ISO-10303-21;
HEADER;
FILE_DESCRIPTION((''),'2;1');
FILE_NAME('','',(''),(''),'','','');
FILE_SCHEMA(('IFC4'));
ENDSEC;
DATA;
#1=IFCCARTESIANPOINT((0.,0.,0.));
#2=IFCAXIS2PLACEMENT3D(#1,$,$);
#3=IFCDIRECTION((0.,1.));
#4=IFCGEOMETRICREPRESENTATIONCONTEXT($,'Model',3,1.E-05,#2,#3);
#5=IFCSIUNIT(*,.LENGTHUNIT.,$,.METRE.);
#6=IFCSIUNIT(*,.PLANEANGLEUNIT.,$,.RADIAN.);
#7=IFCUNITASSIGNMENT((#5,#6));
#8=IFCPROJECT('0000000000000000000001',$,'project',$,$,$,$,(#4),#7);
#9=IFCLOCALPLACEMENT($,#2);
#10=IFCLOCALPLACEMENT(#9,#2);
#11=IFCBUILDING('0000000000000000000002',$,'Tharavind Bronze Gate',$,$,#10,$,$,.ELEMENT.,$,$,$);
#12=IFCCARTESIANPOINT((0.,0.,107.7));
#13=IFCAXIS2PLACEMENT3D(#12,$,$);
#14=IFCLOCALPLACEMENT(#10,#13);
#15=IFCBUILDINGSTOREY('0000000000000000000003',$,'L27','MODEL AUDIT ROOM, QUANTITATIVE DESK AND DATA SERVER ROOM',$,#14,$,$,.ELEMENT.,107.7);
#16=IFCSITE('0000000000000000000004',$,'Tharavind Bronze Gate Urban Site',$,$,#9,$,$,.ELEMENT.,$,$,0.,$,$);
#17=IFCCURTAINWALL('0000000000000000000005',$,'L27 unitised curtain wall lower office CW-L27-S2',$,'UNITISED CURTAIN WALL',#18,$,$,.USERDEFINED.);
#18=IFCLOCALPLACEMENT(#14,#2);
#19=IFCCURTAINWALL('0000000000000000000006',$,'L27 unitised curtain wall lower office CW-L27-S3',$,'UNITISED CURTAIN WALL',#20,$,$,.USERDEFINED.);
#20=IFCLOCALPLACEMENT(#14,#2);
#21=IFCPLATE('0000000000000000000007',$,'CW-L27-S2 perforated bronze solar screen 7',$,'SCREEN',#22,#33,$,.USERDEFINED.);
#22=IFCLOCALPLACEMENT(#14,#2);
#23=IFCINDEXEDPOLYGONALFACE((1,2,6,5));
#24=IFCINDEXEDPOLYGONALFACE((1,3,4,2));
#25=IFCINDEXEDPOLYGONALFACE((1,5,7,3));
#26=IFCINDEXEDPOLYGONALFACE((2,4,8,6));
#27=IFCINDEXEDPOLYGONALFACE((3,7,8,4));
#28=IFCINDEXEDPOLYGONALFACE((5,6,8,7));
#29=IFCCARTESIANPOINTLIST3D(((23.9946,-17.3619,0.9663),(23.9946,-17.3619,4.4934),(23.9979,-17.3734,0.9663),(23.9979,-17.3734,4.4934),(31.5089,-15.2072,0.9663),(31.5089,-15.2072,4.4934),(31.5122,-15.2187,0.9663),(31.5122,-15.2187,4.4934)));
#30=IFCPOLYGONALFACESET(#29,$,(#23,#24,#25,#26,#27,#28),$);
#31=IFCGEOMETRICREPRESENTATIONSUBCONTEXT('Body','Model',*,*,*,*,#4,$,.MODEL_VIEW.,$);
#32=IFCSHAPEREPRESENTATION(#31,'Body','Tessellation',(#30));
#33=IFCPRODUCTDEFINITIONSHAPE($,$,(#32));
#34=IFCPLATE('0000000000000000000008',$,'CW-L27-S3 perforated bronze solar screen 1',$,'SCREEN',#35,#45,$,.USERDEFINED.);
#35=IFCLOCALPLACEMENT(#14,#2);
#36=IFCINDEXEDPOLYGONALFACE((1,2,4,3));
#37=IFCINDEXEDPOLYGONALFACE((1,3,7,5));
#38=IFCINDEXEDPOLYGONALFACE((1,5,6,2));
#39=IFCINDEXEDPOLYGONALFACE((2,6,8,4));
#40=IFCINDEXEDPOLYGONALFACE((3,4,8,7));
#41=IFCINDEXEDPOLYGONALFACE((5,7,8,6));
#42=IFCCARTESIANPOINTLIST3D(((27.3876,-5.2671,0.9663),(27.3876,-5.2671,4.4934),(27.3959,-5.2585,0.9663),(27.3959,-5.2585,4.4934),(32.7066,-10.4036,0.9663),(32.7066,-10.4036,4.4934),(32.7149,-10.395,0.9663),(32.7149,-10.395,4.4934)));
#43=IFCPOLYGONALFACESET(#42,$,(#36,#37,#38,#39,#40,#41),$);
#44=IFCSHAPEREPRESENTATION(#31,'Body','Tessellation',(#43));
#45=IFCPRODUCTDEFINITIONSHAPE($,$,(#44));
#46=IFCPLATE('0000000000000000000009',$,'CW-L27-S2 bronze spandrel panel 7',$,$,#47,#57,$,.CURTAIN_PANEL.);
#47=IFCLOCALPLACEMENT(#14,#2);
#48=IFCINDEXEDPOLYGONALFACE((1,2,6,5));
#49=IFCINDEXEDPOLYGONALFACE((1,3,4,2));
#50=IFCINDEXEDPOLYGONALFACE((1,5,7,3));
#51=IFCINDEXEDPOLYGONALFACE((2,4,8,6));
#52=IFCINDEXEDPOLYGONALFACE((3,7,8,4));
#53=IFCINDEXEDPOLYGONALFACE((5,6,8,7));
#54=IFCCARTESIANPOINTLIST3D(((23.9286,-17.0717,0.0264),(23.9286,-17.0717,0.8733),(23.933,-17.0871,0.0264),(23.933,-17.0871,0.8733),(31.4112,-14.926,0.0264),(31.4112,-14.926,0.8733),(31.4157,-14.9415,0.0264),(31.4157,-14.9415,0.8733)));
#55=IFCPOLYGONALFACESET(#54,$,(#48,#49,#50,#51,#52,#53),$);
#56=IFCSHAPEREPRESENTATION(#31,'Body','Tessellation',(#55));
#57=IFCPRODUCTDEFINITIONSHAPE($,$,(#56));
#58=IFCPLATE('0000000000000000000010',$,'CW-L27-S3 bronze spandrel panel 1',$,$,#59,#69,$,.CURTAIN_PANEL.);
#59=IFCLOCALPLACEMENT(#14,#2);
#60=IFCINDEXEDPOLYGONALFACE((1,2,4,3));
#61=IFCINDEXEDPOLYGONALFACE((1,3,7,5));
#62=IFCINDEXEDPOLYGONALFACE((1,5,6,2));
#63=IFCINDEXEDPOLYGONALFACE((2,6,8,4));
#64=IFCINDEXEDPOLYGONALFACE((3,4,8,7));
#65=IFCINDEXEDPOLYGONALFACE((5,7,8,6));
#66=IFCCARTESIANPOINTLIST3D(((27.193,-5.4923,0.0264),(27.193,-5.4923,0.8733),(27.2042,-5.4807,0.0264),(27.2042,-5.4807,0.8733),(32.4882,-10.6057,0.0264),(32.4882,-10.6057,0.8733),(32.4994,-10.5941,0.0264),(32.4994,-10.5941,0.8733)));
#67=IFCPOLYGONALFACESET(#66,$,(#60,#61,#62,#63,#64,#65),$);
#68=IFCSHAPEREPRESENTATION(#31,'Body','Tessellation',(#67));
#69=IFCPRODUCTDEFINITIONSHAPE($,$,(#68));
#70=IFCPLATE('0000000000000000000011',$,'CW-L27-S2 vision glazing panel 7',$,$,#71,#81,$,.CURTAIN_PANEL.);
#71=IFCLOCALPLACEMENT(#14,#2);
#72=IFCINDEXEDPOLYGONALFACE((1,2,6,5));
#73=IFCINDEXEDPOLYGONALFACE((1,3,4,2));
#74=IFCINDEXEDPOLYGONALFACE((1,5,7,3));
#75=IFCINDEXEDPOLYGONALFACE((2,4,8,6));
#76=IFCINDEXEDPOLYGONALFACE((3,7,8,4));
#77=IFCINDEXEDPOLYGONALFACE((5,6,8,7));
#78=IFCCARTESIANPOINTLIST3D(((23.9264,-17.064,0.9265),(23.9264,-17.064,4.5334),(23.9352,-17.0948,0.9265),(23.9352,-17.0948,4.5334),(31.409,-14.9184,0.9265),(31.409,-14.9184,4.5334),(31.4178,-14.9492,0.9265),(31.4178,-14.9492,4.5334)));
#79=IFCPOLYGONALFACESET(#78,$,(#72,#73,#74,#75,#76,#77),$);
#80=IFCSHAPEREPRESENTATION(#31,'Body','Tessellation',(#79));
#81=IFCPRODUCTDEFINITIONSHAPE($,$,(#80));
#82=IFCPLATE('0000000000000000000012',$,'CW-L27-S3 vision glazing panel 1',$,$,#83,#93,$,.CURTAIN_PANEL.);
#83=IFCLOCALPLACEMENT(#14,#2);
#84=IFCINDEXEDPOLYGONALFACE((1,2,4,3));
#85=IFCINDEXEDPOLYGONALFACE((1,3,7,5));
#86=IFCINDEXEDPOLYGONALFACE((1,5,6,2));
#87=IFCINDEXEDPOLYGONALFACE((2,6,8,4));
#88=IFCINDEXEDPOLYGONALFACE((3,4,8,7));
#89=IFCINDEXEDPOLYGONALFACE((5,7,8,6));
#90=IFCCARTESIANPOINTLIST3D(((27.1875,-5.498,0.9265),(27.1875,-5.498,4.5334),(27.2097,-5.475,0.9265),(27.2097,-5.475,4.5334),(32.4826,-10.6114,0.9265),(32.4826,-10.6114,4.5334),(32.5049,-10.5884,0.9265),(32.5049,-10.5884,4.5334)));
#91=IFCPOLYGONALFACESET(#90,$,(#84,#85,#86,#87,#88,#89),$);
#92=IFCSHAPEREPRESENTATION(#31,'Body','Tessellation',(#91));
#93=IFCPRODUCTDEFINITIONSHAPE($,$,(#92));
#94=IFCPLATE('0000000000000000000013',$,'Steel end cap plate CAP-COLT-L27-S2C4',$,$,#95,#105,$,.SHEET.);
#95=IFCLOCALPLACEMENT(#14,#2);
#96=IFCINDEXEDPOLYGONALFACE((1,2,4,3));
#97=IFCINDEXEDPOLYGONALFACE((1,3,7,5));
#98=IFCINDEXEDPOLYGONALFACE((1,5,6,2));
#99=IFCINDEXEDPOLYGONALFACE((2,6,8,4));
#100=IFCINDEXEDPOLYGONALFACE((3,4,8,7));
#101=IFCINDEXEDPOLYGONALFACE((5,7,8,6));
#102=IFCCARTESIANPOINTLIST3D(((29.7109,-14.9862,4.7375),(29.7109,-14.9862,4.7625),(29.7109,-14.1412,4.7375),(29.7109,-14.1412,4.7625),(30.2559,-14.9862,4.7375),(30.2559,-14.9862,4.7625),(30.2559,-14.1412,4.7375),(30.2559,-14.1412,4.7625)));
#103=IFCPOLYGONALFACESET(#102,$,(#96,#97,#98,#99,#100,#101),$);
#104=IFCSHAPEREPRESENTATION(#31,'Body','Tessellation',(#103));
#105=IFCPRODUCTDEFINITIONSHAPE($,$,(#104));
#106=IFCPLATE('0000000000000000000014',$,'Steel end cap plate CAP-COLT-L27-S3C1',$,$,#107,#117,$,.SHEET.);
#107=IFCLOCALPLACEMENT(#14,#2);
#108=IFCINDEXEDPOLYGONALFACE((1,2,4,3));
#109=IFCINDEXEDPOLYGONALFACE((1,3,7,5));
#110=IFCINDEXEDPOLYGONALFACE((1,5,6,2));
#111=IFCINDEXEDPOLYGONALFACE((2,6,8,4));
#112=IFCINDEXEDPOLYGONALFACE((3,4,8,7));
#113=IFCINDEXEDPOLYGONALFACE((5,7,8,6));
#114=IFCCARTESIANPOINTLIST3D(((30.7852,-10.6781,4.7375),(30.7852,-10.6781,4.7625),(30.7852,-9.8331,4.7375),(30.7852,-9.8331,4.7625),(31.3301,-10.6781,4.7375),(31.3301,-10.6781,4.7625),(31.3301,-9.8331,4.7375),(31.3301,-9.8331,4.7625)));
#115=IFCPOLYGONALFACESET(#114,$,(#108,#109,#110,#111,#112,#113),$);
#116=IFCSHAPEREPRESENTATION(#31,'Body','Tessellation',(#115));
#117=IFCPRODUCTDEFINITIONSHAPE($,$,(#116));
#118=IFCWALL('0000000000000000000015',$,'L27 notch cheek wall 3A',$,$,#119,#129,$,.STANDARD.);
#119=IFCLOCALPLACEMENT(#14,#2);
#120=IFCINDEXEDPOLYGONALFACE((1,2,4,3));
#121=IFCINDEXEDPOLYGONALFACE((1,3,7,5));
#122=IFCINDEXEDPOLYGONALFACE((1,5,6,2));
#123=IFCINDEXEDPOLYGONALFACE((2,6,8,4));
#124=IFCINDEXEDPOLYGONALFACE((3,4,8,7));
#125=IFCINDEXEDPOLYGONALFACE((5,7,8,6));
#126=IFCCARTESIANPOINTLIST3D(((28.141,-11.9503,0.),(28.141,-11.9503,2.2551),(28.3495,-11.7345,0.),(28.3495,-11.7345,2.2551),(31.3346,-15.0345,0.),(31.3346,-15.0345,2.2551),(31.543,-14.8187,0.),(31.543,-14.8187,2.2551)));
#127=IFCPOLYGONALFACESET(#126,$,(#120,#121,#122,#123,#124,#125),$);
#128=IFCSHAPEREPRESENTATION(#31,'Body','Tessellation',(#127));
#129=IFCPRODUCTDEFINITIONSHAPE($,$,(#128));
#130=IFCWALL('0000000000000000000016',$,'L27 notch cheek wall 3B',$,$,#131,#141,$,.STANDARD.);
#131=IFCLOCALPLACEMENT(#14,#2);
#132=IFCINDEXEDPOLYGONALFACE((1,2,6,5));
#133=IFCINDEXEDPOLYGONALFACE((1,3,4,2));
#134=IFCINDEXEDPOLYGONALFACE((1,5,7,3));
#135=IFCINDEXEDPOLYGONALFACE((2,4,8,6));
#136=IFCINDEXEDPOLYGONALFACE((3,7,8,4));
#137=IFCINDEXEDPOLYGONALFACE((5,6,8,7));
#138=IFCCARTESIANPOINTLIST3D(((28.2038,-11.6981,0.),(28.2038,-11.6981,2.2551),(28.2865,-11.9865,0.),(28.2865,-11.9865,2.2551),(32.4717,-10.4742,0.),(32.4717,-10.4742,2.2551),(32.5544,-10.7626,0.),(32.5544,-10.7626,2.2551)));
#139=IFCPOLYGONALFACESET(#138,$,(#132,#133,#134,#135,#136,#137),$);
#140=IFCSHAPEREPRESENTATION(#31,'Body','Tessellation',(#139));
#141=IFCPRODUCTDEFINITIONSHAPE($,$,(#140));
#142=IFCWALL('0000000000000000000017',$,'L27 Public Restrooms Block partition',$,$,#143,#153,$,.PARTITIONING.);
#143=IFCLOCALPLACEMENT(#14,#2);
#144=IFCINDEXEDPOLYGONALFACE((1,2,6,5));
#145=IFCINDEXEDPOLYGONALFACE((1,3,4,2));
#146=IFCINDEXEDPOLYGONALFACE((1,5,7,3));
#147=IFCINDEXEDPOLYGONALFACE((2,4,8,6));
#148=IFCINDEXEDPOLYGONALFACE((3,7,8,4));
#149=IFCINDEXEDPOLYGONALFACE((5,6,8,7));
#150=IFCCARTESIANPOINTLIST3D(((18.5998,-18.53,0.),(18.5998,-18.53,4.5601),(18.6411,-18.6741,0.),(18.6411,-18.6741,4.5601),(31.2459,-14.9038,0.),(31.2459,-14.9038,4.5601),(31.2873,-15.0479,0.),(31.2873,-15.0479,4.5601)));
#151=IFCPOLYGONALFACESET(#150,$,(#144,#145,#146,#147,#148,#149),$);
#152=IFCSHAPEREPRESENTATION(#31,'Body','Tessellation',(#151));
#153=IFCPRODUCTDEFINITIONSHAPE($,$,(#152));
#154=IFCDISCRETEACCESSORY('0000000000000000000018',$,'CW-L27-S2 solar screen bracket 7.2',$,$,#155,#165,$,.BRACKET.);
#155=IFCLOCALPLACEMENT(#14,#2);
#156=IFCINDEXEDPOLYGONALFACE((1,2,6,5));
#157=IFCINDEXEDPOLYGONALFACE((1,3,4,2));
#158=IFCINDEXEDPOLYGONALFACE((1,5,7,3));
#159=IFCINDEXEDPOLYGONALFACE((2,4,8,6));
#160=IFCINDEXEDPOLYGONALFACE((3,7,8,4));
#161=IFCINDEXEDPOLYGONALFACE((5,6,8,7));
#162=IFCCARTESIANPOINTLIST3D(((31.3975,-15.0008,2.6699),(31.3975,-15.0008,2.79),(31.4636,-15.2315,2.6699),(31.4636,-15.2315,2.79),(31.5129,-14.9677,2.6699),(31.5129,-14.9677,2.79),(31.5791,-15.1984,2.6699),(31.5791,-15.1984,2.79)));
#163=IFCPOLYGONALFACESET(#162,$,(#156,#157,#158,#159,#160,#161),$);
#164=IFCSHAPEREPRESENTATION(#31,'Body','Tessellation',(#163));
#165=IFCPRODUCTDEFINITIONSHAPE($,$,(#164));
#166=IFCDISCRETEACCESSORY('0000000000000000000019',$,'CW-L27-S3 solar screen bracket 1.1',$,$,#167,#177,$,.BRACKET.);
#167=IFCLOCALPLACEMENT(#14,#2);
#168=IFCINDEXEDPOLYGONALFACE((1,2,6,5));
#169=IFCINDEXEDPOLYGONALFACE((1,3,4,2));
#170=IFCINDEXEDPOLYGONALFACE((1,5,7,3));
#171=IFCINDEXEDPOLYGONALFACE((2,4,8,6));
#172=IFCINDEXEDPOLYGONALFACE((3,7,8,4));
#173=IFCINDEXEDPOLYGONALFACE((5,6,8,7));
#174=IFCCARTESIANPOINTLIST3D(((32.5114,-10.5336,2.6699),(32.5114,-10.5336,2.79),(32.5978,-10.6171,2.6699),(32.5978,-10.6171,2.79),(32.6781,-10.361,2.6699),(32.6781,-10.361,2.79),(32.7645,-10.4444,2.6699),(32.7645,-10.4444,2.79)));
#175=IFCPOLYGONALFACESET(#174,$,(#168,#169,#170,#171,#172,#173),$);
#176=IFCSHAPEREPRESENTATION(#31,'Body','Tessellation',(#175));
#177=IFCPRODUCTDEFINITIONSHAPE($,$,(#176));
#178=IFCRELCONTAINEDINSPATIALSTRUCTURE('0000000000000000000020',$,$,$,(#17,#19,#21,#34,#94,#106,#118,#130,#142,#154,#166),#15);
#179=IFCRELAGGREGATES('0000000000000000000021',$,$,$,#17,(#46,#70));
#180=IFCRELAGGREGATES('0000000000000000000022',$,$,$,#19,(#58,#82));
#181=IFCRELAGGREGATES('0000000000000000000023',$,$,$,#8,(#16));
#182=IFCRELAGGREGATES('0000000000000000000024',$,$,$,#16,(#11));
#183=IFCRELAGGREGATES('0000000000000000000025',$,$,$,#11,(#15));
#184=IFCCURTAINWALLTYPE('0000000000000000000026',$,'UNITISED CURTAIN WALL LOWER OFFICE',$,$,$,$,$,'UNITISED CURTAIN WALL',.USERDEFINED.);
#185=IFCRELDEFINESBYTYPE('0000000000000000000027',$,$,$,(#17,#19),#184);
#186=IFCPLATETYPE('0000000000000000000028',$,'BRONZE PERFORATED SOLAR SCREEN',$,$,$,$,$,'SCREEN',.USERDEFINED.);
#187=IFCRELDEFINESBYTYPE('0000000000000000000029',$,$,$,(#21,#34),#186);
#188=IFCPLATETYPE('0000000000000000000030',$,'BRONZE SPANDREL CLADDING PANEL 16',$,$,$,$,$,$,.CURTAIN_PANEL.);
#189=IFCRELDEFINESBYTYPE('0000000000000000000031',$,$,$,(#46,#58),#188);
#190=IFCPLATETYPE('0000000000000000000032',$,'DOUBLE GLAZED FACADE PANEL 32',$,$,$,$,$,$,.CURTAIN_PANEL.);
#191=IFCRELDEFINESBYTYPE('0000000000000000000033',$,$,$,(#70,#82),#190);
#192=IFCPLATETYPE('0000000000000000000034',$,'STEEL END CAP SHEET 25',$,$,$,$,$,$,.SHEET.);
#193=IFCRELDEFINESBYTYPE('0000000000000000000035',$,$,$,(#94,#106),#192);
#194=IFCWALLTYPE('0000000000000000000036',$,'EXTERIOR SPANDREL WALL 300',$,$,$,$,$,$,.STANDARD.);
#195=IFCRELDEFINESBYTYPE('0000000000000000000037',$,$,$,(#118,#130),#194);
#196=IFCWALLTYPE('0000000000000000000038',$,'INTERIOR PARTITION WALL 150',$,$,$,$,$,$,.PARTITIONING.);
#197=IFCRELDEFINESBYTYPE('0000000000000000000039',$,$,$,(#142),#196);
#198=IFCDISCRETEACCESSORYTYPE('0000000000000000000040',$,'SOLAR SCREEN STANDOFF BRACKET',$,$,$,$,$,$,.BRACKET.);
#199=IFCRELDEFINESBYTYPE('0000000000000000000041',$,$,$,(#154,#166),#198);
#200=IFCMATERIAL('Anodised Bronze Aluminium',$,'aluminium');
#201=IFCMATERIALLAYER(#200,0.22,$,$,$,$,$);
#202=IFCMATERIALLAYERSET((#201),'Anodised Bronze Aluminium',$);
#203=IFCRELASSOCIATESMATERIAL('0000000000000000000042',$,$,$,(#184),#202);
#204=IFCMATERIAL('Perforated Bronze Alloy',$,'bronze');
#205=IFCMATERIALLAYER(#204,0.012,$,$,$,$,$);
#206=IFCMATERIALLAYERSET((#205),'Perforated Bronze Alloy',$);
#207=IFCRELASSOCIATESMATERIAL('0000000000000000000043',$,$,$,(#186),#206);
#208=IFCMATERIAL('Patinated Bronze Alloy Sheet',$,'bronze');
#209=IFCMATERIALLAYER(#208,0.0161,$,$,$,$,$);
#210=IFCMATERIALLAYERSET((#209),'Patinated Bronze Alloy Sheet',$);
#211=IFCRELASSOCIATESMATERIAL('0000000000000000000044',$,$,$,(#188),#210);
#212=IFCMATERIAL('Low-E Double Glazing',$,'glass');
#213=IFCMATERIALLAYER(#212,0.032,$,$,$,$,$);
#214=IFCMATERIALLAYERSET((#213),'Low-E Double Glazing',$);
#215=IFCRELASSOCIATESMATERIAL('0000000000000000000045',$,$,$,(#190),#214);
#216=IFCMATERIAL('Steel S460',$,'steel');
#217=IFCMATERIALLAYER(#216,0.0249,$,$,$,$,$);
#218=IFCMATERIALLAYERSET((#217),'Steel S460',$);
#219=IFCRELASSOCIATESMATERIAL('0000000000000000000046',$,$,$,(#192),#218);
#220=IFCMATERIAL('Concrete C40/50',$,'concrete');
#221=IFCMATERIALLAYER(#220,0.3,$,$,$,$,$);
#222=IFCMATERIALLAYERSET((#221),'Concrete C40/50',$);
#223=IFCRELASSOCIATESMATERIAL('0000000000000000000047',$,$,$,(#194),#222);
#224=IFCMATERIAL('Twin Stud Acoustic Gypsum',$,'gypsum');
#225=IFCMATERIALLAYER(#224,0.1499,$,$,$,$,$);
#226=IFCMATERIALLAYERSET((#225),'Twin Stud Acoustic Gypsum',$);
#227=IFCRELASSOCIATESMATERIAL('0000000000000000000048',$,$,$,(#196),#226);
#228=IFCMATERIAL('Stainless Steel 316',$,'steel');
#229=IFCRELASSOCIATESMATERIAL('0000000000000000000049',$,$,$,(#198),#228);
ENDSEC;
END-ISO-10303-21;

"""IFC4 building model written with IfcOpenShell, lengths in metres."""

from ifc_helpers import new_model, si_unit, direction, frame, frame_2d, origin, origin_2d, place, context, subcontext, project, spatial, rectangle, extrude, material, layer, layer_set, type_object, element, aggregate, save


model = new_model("IFC4")

# Units and contexts
model_context = context("Model", 3, precision=1e-05, world=origin(), true_north=direction((0.0, 1.0)))
body_context = subcontext(model_context, "Body", "Model", "MODEL_VIEW")
ifc_project = project(units=[si_unit("LENGTHUNIT", "METRE"), si_unit("PLANEANGLEUNIT", "RADIAN")], contexts=[model_context])

# Site, building, storey
site_placement = place(None, origin())
site = spatial("IfcSite", under=ifc_project, at=site_placement, Name="Tharavind Bronze Gate Urban Site", CompositionType="ELEMENT", RefElevation=0.0)
building_placement = place(site_placement, origin())
building = spatial("IfcBuilding", under=site, at=building_placement, Name="Tharavind Bronze Gate", CompositionType="ELEMENT")
storey_placement = place(building_placement, frame((0.0, 0.0, 107.7)))
storey = spatial("IfcBuildingStorey", under=building, at=storey_placement, Name="L27", Description="MODEL AUDIT ROOM, QUANTITATIVE DESK AND DATA SERVER ROOM", CompositionType="ELEMENT", Elevation=107.7)

# Shared definitions
ifc_material_1 = material(Name="Steel S460", Category="steel")

# Curtain wall
ifc_material_2 = material(Name="Anodised Bronze Aluminium", Category="aluminium")
ifc_layer_1 = layer(ifc_material_2, 0.22)
ifc_layer_set_1 = layer_set([ifc_layer_1], Name="Anodised Bronze Aluminium")
curtain_wall_type = type_object("IfcCurtainWallType", Name="UNITISED CURTAIN WALL LOWER OFFICE", ElementType="UNITISED CURTAIN WALL", PredefinedType="USERDEFINED", material=ifc_layer_set_1)
curtain_wall_1_placement = place(storey_placement, origin())
curtain_wall_1 = element("IfcCurtainWall", 1, at=curtain_wall_1_placement, inside=storey, type_object=curtain_wall_type, Name="L27 unitised curtain wall lower office CW-L27-S2", ObjectType="UNITISED CURTAIN WALL", PredefinedType="USERDEFINED")

# Curtain wall
curtain_wall_2_placement = place(storey_placement, origin())
curtain_wall_2 = element("IfcCurtainWall", 2, at=curtain_wall_2_placement, inside=storey, type_object=curtain_wall_type, Name="L27 unitised curtain wall lower office CW-L27-S3", ObjectType="UNITISED CURTAIN WALL", PredefinedType="USERDEFINED")

# Plates
ifc_material_3 = material(Name="Perforated Bronze Alloy", Category="bronze")
ifc_layer_2 = layer(ifc_material_3, 0.012)
ifc_layer_set_2 = layer_set([ifc_layer_2], Name="Perforated Bronze Alloy")
plate_type_1 = type_object("IfcPlateType", Name="BRONZE PERFORATED SOLAR SCREEN", ElementType="SCREEN", PredefinedType="USERDEFINED", material=ifc_layer_set_2)
plate_1_placement = place(storey_placement, frame((27.7534, -16.2903, 0.9663), z_axis=(0.0, 0.0, 1.0), x_axis=(0.961262, 0.275637, 0.0)))
element("IfcPlate", 3, at=plate_1_placement, inside=storey, type_object=plate_type_1, Name="CW-L27-S2 perforated bronze solar screen 7", ObjectType="SCREEN", PredefinedType="USERDEFINED", context=body_context, shape_type="SweptSolid", body=[
    extrude(rectangle(XDim=7.8171, YDim=0.012, at=origin_2d()), origin(), (0.0, 0.0, 1.0), 3.5271),
])
plate_2_placement = place(storey_placement, frame((30.0513, -7.8311, 0.9663), z_axis=(0.0, 0.0, 1.0), x_axis=(-0.719341, 0.694657, 0.0)))
element("IfcPlate", 4, at=plate_2_placement, inside=storey, type_object=plate_type_1, Name="CW-L27-S3 perforated bronze solar screen 1", ObjectType="SCREEN", PredefinedType="USERDEFINED", context=body_context, shape_type="SweptSolid", body=[
    extrude(rectangle(XDim=7.3943, YDim=0.012, at=origin_2d()), origin(), (0.0, 0.0, 1.0), 3.5271),
])

# Plates
ifc_material_4 = material(Name="Patinated Bronze Alloy Sheet", Category="bronze")
ifc_layer_3 = layer(ifc_material_4, 0.0161)
ifc_layer_set_3 = layer_set([ifc_layer_3], Name="Patinated Bronze Alloy Sheet")
plate_type_2 = type_object("IfcPlateType", Name="BRONZE SPANDREL CLADDING PANEL 16", PredefinedType="CURTAIN_PANEL", material=ifc_layer_set_3)
plate_3_placement = place(storey_placement, frame((27.6721, -16.0066, 0.0264), z_axis=(0.0, 0.0, 1.0), x_axis=(0.961262, 0.275637, 0.0)))
plate_3 = element("IfcPlate", 5, at=plate_3_placement, type_object=plate_type_2, Name="CW-L27-S2 bronze spandrel panel 7", PredefinedType="CURTAIN_PANEL", context=body_context, shape_type="SweptSolid", body=[
    extrude(rectangle(XDim=7.7842, YDim=0.0161, at=origin_2d()), origin(), (0.0, 0.0, 1.0), 0.8469),
])
plate_4_placement = place(storey_placement, frame((29.8462, -8.0432, 0.0264), z_axis=(0.0, 0.0, 1.0), x_axis=(-0.719341, 0.694657, 0.0)))
plate_4 = element("IfcPlate", 6, at=plate_4_placement, type_object=plate_type_2, Name="CW-L27-S3 bronze spandrel panel 1", PredefinedType="CURTAIN_PANEL", context=body_context, shape_type="SweptSolid", body=[
    extrude(rectangle(XDim=7.3611, YDim=0.0161, at=origin_2d()), origin(), (0.0, 0.0, 1.0), 0.8469),
])
ifc_material_5 = material(Name="Low-E Double Glazing", Category="glass")
ifc_layer_4 = layer(ifc_material_5, 0.032)
ifc_layer_set_4 = layer_set([ifc_layer_4], Name="Low-E Double Glazing")
plate_type_3 = type_object("IfcPlateType", Name="DOUBLE GLAZED FACADE PANEL 32", PredefinedType="CURTAIN_PANEL", material=ifc_layer_set_4)
plate_5_placement = place(storey_placement, frame((27.6721, -16.0066, 0.9265), z_axis=(0.0, 0.0, 1.0), x_axis=(0.961262, 0.275637, 0.0)))
plate_5 = element("IfcPlate", 7, at=plate_5_placement, type_object=plate_type_3, Name="CW-L27-S2 vision glazing panel 7", PredefinedType="CURTAIN_PANEL", context=body_context, shape_type="SweptSolid", body=[
    extrude(rectangle(XDim=7.7842, YDim=0.032, at=origin_2d()), origin(), (0.0, 0.0, 1.0), 3.6069),
])
aggregate(curtain_wall_1, [plate_3, plate_5])
plate_6_placement = place(storey_placement, frame((29.8462, -8.0432, 0.9265), z_axis=(0.0, 0.0, 1.0), x_axis=(-0.719341, 0.694657, 0.0)))
plate_6 = element("IfcPlate", 8, at=plate_6_placement, type_object=plate_type_3, Name="CW-L27-S3 vision glazing panel 1", PredefinedType="CURTAIN_PANEL", context=body_context, shape_type="SweptSolid", body=[
    extrude(rectangle(XDim=7.3611, YDim=0.032, at=origin_2d()), origin(), (0.0, 0.0, 1.0), 3.6069),
])
aggregate(curtain_wall_2, [plate_4, plate_6])

# Plates
ifc_layer_5 = layer(ifc_material_1, 0.0249)
ifc_layer_set_5 = layer_set([ifc_layer_5], Name="Steel S460")
plate_type_4 = type_object("IfcPlateType", Name="STEEL END CAP SHEET 25", PredefinedType="SHEET", material=ifc_layer_set_5)
for number, where, z_axis, x_axis, name in (
    (9, (29.9834, -14.5637, 4.7375), (0.0, 0.0, 1.0), (1.0, 0.0, 0.0), "Steel end cap plate CAP-COLT-L27-S2C4"),
    (10, (31.0576, -10.2556, 4.7375), (0.0, 0.0, 1.0), (1.0, 0.0, 0.0), "Steel end cap plate CAP-COLT-L27-S3C1"),
):
    element("IfcPlate", number, at=place(storey_placement, frame(where, z_axis=z_axis, x_axis=x_axis)), inside=storey, type_object=plate_type_4, Name=name, PredefinedType="SHEET", context=body_context, shape_type="SweptSolid", body=[
        extrude(rectangle(XDim=0.5449, YDim=0.845, at=origin_2d()), origin(), (0.0, 0.0, 1.0), 0.0249),
    ])

# Walls
ifc_material_6 = material(Name="Concrete C40/50", Category="concrete")
ifc_layer_6 = layer(ifc_material_6, 0.3)
ifc_layer_set_6 = layer_set([ifc_layer_6], Name="Concrete C40/50")
wall_type_1 = type_object("IfcWallType", Name="EXTERIOR SPANDREL WALL 300", PredefinedType="STANDARD", material=ifc_layer_set_6)
wall_1_placement = place(storey_placement, frame((31.4387, -14.9265, 0.0), z_axis=(0.0, 0.0, 1.0), x_axis=(-0.719317, 0.694682, 0.0)))
element("IfcWall", 11, at=wall_1_placement, inside=storey, type_object=wall_type_1, Name="L27 notch cheek wall 3A", PredefinedType="STANDARD", context=body_context, shape_type="SweptSolid", body=[
    extrude(rectangle(XDim=4.4397, YDim=0.3, at=frame_2d((2.2197, 0.0))), origin(), (0.0, 0.0, 1.0), 2.2551),
])
wall_2_placement = place(storey_placement, frame((28.2451, -11.8423, 0.0), z_axis=(0.0, 0.0, 1.0), x_axis=(0.961256, 0.275658, 0.0)))
element("IfcWall", 12, at=wall_2_placement, inside=storey, type_object=wall_type_1, Name="L27 notch cheek wall 3B", PredefinedType="STANDARD", context=body_context, shape_type="SweptSolid", body=[
    extrude(rectangle(XDim=4.4399, YDim=0.3, at=frame_2d((2.22, 0.0))), origin(), (0.0, 0.0, 1.0), 2.2551),
])
ifc_material_7 = material(Name="Twin Stud Acoustic Gypsum", Category="gypsum")
ifc_layer_7 = layer(ifc_material_7, 0.1499)
ifc_layer_set_7 = layer_set([ifc_layer_7], Name="Twin Stud Acoustic Gypsum")
wall_type_2 = type_object("IfcWallType", Name="INTERIOR PARTITION WALL 150", PredefinedType="PARTITIONING", material=ifc_layer_set_7)
wall_3_placement = place(storey_placement, frame((31.2666, -14.9758, 0.0), z_axis=(0.0, 0.0, 1.0), x_axis=(-0.961262, -0.275635, 0.0)))
element("IfcWall", 13, at=wall_3_placement, inside=storey, type_object=wall_type_2, Name="L27 Public Restrooms Block partition", PredefinedType="PARTITIONING", context=body_context, shape_type="SweptSolid", body=[
    extrude(rectangle(XDim=13.1558, YDim=0.1499, at=frame_2d((6.5779, 0.0))), origin(), (0.0, 0.0, 1.0), 4.5601),
])

# Discrete accessories
ifc_material_8 = material(Name="Stainless Steel 316", Category="steel")
discrete_accessory_type = type_object("IfcDiscreteAccessoryType", Name="SOLAR SCREEN STANDOFF BRACKET", PredefinedType="BRACKET", material=ifc_material_8)
for number, where, z_axis, x_axis, name in (
    (14, (31.4883, -15.0996, 2.6699), (0.0, 0.0, 1.0), (0.961262, 0.275637, 0.0), "CW-L27-S2 solar screen bracket 7.2"),
    (15, (32.6379, -10.489, 2.6699), (0.0, 0.0, 1.0), (-0.719341, 0.694657, 0.0), "CW-L27-S3 solar screen bracket 1.1"),
):
    element("IfcDiscreteAccessory", number, at=place(storey_placement, frame(where, z_axis=z_axis, x_axis=x_axis)), inside=storey, type_object=discrete_accessory_type, Name=name, PredefinedType="BRACKET", context=body_context, shape_type="SweptSolid", body=[
        extrude(rectangle(XDim=0.1201, YDim=0.24, at=origin_2d()), origin(), (0.0, 0.0, 1.0), 0.1201),
    ])

save(model, "model.ifc")
